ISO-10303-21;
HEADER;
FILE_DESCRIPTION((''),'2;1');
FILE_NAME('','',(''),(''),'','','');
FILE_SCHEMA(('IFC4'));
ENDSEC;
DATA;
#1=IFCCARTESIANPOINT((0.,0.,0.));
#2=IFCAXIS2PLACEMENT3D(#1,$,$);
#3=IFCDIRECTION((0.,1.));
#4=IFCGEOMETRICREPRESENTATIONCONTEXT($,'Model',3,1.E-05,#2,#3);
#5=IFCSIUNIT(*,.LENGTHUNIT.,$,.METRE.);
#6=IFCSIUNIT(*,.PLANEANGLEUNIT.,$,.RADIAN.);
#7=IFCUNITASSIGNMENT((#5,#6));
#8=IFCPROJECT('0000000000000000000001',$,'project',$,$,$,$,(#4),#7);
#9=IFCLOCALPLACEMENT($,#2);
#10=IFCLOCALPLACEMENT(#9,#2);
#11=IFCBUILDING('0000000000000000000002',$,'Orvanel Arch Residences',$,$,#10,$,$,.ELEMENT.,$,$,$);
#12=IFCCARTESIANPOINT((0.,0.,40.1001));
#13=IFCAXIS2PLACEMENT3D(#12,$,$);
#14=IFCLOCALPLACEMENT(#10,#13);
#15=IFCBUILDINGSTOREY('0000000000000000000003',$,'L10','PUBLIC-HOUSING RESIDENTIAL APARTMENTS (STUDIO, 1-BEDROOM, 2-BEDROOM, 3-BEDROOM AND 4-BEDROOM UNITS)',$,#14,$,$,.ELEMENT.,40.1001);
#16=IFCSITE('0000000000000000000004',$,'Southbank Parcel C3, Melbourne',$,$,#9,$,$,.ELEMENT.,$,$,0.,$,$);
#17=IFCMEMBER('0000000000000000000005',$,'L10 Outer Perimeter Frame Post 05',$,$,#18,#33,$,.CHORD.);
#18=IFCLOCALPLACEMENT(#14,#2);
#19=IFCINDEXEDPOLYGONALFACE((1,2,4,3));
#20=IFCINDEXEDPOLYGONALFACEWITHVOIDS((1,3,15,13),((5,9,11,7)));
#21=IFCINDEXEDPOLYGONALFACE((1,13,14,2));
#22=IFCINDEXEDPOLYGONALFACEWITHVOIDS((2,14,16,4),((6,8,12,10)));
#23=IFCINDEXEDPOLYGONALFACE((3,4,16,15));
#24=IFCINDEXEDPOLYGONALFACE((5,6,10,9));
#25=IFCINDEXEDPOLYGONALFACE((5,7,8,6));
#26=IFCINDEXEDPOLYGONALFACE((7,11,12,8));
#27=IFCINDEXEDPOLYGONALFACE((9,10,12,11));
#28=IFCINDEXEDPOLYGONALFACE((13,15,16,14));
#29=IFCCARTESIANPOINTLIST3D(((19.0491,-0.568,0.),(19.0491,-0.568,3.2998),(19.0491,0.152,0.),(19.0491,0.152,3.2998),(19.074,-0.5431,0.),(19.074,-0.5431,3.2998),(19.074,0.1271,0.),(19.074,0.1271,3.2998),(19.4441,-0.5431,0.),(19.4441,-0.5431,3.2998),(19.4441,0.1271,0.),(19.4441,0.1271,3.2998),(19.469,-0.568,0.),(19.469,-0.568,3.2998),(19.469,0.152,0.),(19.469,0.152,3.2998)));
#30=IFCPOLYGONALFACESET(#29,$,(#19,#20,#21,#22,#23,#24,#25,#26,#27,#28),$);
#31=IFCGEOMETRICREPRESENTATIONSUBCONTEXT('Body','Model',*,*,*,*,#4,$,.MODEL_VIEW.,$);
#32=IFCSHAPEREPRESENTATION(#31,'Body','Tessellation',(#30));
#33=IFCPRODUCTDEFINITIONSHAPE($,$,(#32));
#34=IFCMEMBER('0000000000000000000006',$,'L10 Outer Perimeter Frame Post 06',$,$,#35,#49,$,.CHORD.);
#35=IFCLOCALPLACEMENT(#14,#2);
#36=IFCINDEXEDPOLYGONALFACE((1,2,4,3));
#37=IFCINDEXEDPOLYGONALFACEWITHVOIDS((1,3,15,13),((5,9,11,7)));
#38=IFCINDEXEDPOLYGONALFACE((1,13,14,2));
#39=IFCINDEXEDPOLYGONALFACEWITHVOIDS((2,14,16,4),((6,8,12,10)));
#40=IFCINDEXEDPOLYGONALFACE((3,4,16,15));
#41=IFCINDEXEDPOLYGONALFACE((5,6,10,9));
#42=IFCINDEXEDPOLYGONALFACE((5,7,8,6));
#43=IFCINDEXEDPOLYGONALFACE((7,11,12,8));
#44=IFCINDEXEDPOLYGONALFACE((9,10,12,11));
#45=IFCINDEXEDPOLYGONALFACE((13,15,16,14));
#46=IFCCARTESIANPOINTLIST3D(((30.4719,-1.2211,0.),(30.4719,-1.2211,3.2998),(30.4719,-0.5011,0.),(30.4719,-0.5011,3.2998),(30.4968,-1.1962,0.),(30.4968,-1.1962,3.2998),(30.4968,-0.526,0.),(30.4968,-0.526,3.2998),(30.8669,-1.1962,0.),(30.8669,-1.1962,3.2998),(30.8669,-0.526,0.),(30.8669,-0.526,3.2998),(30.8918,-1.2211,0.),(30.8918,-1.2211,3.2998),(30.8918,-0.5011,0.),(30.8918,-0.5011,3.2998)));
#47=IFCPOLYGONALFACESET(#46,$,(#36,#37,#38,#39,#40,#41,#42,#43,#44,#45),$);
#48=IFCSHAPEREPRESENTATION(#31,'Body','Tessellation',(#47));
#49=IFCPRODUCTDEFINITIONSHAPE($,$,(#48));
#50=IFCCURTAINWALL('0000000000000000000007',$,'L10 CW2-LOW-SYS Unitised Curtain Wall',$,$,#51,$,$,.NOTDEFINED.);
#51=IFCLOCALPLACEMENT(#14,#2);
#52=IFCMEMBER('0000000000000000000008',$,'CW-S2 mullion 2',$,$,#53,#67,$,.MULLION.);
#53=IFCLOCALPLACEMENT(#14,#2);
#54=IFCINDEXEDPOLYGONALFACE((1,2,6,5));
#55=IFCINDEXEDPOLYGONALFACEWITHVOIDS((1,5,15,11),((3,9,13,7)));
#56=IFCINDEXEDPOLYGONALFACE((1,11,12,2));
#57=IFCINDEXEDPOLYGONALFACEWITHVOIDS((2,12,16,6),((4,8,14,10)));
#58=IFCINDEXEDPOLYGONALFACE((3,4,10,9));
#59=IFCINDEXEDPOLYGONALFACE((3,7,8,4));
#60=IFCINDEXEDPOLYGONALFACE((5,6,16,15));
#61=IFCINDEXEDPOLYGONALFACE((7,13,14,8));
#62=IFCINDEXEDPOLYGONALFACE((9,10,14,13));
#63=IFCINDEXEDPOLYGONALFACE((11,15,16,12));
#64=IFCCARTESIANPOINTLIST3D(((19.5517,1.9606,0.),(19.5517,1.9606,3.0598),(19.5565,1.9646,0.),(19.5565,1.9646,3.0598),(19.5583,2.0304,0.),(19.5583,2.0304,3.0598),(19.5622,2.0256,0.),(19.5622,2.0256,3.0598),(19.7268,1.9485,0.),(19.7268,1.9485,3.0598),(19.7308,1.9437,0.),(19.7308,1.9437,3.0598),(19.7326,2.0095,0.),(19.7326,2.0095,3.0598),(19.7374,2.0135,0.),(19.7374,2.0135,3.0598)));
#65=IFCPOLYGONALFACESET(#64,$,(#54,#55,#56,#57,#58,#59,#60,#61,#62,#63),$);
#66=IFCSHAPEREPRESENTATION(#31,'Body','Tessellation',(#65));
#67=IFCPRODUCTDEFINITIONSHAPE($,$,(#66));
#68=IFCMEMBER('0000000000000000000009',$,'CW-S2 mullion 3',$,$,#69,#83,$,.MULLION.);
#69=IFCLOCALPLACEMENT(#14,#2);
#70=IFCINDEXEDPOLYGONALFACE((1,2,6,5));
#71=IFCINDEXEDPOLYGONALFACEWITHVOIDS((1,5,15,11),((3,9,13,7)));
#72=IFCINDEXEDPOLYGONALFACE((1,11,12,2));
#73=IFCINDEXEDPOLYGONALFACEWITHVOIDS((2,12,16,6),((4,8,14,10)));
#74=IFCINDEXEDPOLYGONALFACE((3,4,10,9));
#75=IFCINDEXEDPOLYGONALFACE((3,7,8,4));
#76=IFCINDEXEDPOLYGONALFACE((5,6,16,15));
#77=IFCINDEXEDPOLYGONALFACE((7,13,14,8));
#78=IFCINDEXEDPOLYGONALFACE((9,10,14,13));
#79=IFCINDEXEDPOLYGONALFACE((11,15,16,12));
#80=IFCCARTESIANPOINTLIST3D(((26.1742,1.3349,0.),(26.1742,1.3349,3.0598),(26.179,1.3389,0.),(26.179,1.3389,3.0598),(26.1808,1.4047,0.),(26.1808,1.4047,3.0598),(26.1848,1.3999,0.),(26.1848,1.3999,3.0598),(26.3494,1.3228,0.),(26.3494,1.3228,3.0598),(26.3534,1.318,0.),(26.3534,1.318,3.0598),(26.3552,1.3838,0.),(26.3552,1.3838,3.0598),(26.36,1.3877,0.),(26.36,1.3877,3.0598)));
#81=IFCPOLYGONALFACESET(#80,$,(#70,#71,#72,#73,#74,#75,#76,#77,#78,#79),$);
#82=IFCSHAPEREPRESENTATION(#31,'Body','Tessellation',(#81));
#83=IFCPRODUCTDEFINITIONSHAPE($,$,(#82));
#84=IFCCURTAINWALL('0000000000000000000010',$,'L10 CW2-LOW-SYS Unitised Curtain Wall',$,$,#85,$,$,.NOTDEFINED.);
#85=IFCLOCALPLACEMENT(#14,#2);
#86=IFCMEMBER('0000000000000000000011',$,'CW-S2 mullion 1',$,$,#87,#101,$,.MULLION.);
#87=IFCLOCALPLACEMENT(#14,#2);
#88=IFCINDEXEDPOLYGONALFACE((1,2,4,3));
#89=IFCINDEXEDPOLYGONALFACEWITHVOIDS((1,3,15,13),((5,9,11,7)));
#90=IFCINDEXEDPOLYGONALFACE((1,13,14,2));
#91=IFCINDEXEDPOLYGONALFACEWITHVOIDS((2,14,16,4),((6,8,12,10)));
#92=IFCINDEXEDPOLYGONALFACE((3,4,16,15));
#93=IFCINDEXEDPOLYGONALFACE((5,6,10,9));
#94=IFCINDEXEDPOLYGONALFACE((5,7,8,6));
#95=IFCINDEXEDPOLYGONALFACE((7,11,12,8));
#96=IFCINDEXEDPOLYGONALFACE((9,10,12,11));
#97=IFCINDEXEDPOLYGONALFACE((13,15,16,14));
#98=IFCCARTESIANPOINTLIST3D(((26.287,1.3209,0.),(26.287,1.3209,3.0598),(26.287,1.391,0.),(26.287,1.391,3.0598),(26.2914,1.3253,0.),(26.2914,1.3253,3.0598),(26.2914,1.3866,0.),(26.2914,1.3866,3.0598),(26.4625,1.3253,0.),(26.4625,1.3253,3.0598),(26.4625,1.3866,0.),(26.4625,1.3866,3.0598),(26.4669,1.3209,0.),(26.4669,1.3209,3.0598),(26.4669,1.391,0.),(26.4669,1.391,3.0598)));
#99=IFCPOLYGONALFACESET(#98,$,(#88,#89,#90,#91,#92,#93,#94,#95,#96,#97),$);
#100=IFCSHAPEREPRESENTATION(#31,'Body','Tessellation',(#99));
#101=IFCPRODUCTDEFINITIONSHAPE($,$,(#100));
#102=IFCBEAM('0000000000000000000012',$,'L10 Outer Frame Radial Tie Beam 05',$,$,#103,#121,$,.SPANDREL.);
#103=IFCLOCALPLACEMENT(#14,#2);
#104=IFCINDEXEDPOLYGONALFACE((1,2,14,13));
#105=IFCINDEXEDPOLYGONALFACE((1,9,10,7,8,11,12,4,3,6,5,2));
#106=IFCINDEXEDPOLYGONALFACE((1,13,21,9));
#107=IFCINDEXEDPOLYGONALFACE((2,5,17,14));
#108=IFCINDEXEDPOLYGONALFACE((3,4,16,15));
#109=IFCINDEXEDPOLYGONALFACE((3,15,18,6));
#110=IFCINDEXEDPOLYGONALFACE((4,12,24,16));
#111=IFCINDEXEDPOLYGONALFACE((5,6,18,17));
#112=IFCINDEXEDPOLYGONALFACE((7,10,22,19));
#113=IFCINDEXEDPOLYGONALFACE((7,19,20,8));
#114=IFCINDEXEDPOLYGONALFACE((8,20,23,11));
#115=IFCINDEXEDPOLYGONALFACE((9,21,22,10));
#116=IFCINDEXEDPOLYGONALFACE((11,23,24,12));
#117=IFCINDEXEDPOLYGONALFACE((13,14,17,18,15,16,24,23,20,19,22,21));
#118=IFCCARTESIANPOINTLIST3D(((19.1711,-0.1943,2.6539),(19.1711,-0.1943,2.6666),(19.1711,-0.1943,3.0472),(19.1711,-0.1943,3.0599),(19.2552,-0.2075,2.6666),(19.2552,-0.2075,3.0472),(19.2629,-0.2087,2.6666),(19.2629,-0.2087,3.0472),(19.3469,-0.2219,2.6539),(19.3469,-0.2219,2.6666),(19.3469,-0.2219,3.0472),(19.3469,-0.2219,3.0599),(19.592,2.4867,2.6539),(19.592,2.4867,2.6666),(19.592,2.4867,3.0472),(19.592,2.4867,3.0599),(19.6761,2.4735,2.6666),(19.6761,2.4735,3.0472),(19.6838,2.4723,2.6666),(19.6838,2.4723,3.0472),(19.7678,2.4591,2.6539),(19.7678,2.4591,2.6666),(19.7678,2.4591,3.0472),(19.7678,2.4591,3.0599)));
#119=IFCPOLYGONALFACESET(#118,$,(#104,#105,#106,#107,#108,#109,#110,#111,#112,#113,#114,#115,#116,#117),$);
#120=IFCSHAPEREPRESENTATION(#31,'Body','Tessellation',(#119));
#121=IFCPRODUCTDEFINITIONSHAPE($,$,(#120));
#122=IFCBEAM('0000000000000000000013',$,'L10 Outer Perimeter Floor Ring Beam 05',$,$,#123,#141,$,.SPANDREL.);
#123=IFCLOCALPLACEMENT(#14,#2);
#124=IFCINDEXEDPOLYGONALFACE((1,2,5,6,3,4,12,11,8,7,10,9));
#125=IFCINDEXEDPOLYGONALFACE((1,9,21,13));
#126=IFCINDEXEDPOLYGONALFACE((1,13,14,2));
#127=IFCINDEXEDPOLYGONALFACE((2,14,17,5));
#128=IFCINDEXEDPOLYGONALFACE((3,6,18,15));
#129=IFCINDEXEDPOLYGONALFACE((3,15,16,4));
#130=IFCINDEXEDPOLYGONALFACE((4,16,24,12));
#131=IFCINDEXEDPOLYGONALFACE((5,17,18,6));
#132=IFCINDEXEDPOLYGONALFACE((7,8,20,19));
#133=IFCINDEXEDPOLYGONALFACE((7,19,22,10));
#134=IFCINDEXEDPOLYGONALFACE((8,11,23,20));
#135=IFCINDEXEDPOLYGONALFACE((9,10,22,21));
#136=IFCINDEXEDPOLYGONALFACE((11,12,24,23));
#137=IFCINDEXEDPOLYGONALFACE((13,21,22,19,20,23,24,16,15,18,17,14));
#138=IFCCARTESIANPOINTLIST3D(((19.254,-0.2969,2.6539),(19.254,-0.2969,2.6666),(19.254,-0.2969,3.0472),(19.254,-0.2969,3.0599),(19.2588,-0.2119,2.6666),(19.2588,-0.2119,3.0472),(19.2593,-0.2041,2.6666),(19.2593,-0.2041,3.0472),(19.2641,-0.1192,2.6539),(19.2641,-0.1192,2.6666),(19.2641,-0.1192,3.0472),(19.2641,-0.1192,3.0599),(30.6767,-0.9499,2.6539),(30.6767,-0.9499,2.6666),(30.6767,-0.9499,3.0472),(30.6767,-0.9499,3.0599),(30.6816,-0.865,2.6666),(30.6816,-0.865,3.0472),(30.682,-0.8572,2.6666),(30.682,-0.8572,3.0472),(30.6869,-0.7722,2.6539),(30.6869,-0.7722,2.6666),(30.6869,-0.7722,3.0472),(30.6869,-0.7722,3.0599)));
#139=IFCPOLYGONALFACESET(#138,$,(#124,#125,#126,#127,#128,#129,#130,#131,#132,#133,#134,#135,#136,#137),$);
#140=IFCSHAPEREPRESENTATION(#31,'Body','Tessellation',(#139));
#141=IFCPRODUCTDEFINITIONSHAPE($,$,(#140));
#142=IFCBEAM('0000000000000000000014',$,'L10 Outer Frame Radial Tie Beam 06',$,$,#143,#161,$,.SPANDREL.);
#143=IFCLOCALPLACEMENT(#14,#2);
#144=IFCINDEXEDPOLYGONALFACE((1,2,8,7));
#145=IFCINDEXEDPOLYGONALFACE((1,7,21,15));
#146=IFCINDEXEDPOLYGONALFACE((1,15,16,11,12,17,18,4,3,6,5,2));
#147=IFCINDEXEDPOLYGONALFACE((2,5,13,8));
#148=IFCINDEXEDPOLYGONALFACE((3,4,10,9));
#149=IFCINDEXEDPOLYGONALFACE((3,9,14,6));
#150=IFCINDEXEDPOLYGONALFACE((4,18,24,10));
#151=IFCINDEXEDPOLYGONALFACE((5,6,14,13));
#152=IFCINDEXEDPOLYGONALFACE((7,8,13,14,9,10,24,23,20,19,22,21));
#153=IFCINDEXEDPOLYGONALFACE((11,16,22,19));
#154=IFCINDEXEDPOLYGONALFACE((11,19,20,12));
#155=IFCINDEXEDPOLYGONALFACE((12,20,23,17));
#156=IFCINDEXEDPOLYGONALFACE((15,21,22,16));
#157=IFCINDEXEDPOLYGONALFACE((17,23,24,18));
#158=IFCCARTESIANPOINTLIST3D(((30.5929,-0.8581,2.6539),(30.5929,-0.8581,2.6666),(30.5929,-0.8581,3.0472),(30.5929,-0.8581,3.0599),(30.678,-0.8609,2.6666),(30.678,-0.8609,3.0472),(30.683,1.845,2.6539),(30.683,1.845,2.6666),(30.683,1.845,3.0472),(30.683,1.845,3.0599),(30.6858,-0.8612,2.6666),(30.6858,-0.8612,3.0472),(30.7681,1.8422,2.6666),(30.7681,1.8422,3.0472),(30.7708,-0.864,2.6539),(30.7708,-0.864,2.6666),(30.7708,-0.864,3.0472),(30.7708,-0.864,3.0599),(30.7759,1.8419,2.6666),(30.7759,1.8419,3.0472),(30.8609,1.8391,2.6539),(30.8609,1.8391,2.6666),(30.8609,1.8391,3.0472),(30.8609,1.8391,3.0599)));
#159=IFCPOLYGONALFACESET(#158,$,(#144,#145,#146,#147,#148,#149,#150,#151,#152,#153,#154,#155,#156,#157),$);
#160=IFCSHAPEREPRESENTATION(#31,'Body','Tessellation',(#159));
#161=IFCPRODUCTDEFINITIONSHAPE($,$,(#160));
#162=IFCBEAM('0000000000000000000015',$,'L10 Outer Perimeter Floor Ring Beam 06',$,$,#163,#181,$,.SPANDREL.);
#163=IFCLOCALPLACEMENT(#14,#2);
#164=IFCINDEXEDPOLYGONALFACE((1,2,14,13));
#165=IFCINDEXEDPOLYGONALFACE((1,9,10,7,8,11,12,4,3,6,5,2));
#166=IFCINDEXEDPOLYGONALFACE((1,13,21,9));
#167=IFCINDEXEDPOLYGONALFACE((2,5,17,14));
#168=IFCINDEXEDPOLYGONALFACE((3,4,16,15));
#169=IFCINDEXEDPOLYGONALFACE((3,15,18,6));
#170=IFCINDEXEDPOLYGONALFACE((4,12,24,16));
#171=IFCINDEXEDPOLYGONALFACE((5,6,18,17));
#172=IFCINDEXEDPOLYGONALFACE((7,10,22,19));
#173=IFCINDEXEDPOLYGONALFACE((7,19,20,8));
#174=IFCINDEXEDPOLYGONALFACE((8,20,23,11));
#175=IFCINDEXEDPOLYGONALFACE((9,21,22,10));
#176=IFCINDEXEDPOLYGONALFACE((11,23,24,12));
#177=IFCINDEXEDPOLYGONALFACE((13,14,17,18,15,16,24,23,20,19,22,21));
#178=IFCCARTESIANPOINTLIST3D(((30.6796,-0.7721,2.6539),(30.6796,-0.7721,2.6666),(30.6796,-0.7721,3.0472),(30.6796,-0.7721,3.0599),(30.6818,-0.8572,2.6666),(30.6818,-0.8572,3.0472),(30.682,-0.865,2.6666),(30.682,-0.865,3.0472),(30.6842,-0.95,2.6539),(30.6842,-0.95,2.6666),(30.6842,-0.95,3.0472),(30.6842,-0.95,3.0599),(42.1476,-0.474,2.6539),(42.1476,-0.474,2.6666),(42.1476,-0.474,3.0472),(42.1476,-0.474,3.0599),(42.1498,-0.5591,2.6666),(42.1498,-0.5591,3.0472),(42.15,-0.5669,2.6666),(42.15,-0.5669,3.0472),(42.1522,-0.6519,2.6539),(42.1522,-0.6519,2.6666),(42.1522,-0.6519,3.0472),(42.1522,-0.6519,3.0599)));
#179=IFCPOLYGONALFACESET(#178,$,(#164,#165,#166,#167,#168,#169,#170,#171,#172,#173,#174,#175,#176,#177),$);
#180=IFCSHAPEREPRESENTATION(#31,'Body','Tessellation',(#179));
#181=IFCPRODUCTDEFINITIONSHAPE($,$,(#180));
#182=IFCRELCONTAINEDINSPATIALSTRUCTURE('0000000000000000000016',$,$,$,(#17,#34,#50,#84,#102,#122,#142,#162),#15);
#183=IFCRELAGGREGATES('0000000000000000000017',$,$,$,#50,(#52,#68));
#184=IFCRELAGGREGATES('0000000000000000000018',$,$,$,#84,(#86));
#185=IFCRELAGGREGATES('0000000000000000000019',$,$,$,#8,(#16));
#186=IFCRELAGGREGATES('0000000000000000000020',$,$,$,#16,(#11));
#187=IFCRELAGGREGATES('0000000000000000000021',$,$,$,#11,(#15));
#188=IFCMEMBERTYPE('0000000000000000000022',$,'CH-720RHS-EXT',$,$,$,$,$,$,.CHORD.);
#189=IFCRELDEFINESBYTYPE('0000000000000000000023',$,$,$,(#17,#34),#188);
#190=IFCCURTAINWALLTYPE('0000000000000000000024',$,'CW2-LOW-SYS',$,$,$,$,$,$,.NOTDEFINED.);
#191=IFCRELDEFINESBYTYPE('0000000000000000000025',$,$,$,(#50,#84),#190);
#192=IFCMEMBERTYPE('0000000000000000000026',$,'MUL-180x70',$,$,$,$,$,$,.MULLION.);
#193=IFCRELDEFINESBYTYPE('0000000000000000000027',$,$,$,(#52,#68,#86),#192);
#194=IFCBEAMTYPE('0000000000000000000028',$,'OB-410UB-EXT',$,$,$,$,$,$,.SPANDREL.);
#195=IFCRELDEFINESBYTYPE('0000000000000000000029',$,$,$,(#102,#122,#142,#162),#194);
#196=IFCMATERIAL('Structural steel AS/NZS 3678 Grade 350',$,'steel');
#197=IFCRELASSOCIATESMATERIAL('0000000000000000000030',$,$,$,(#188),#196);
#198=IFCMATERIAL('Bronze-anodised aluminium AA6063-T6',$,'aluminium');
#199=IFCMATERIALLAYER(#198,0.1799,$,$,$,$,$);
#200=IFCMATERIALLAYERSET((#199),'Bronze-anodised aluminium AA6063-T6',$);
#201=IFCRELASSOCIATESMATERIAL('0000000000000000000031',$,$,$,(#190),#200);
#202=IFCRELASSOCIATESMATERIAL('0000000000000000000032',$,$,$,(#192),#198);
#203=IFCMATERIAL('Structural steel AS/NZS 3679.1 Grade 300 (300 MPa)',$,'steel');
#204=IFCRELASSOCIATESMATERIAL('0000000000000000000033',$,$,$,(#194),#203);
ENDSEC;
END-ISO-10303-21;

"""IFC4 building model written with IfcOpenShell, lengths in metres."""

from ifc_helpers import new_model, si_unit, direction, frame, origin, origin_2d, place, context, subcontext, project, spatial, hollow_rectangle, i_section, extrude, material, layer, layer_set, material_profile, profile_set, type_object, element, aggregate, save


model = new_model("IFC4")

# Units and contexts
model_context = context("Model", 3, precision=1e-05, world=origin(), true_north=direction((0.0, 1.0)))
body_context = subcontext(model_context, "Body", "Model", "MODEL_VIEW")
ifc_project = project(units=[si_unit("LENGTHUNIT", "METRE"), si_unit("PLANEANGLEUNIT", "RADIAN")], contexts=[model_context])

# Site, building, storey
site_placement = place(None, origin())
site = spatial("IfcSite", under=ifc_project, at=site_placement, Name="Southbank Parcel C3, Melbourne", CompositionType="ELEMENT", RefElevation=0.0)
building_placement = place(site_placement, origin())
building = spatial("IfcBuilding", under=site, at=building_placement, Name="Orvanel Arch Residences", CompositionType="ELEMENT")
storey_placement = place(building_placement, frame((0.0, 0.0, 40.1001)))
storey = spatial("IfcBuildingStorey", under=building, at=storey_placement, Name="L10", Description="PUBLIC-HOUSING RESIDENTIAL APARTMENTS (STUDIO, 1-BEDROOM, 2-BEDROOM, 3-BEDROOM AND 4-BEDROOM UNITS)", CompositionType="ELEMENT", Elevation=40.1001)

# Members
ifc_material_1 = material(Name="Structural steel AS/NZS 3678 Grade 350", Category="steel")
ifc_material_profile_1 = material_profile(ifc_material_1, hollow_rectangle(XDim=0.4199, YDim=0.72, WallThickness=0.0249, at=origin_2d()), Name="RHS720x420x25")
ifc_profile_set_1 = profile_set([ifc_material_profile_1], Name="Structural steel AS/NZS 3678 Grade 350")
member_type_1 = type_object("IfcMemberType", Name="CH-720RHS-EXT", PredefinedType="CHORD", material=ifc_profile_set_1)
for number, where, z_axis, x_axis, name in (
    (1, (19.259, -0.208, 0.0), (0.0, 0.0, 1.0), (1.0, 0.0, 0.0), "L10 Outer Perimeter Frame Post 05"),
    (2, (30.6819, -0.8611, 0.0), (0.0, 0.0, 1.0), (1.0, 0.0, 0.0), "L10 Outer Perimeter Frame Post 06"),
):
    element("IfcMember", number, at=place(storey_placement, frame(where, z_axis=z_axis, x_axis=x_axis)), inside=storey, type_object=member_type_1, Name=name, PredefinedType="CHORD", context=body_context, shape_type="SweptSolid", body=[
        extrude(hollow_rectangle(XDim=0.4199, YDim=0.72, WallThickness=0.0249, at=origin_2d()), origin(), (0.0, 0.0, 1.0), 3.2998),
    ])

# Curtain wall, members
ifc_material_2 = material(Name="Bronze-anodised aluminium AA6063-T6", Category="aluminium")
ifc_layer_1 = layer(ifc_material_2, 0.1799)
ifc_layer_set_1 = layer_set([ifc_layer_1], Name="Bronze-anodised aluminium AA6063-T6")
curtain_wall_type = type_object("IfcCurtainWallType", Name="CW2-LOW-SYS", PredefinedType="NOTDEFINED", material=ifc_layer_set_1)
curtain_wall_1_placement = place(storey_placement, origin())
curtain_wall_1 = element("IfcCurtainWall", 3, at=curtain_wall_1_placement, inside=storey, type_object=curtain_wall_type, Name="L10 CW2-LOW-SYS Unitised Curtain Wall", PredefinedType="NOTDEFINED")
ifc_material_profile_2 = material_profile(ifc_material_2, hollow_rectangle(XDim=0.0701, YDim=0.1799, WallThickness=0.0044, at=origin_2d()), Name="ALU180x70x4.5")
ifc_profile_set_2 = profile_set([ifc_material_profile_2], Name="Bronze-anodised aluminium AA6063-T6")
member_type_2 = type_object("IfcMemberType", Name="MUL-180x70", PredefinedType="MULLION", material=ifc_profile_set_2)
member_1_placement = place(storey_placement, frame((19.6445, 1.9871, 0.0), z_axis=(0.0, 0.0, 1.0), x_axis=(0.094061, 0.995566, 0.0)))
member_1 = element("IfcMember", 4, at=member_1_placement, type_object=member_type_2, Name="CW-S2 mullion 2", PredefinedType="MULLION", context=body_context, shape_type="SweptSolid", body=[
    extrude(hollow_rectangle(XDim=0.0701, YDim=0.1799, WallThickness=0.0044, at=origin_2d()), origin(), (0.0, 0.0, 1.0), 3.0598),
])
member_2_placement = place(storey_placement, frame((26.2671, 1.3613, 0.0), z_axis=(0.0, 0.0, 1.0), x_axis=(0.094061, 0.995566, 0.0)))
member_2 = element("IfcMember", 5, at=member_2_placement, type_object=member_type_2, Name="CW-S2 mullion 3", PredefinedType="MULLION", context=body_context, shape_type="SweptSolid", body=[
    extrude(hollow_rectangle(XDim=0.0701, YDim=0.1799, WallThickness=0.0044, at=origin_2d()), origin(), (0.0, 0.0, 1.0), 3.0598),
])

# Curtain wall, member
curtain_wall_2_placement = place(storey_placement, origin())
curtain_wall_2 = element("IfcCurtainWall", 6, at=curtain_wall_2_placement, inside=storey, type_object=curtain_wall_type, Name="L10 CW2-LOW-SYS Unitised Curtain Wall", PredefinedType="NOTDEFINED")
member_3_placement = place(storey_placement, frame((26.377, 1.356, 0.0), z_axis=(0.0, 0.0, 1.0), x_axis=(0.0, 1.0, 0.0)))
member_3 = element("IfcMember", 7, at=member_3_placement, type_object=member_type_2, Name="CW-S2 mullion 1", PredefinedType="MULLION", context=body_context, shape_type="SweptSolid", body=[
    extrude(hollow_rectangle(XDim=0.0701, YDim=0.1799, WallThickness=0.0044, at=origin_2d()), origin(), (0.0, 0.0, 1.0), 3.0598),
])

# Beams
ifc_material_3 = material(Name="Structural steel AS/NZS 3679.1 Grade 300 (300 MPa)", Category="steel")
ifc_material_profile_3 = material_profile(ifc_material_3, i_section(OverallWidth=0.178, OverallDepth=0.406, WebThickness=0.0078, FlangeThickness=0.0127, at=origin_2d()), Name="410UB59.7")
ifc_profile_set_3 = profile_set([ifc_material_profile_3], Name="Structural steel AS/NZS 3679.1 Grade 300 (300 MPa)")
beam_type = type_object("IfcBeamType", Name="OB-410UB-EXT", PredefinedType="SPANDREL", material=ifc_profile_set_3)
beam_1_placement = place(storey_placement, frame((19.6799, 2.4729, 2.8569), z_axis=(-0.155099, -0.987899, 0.0), x_axis=(0.987899, -0.155099, 0.0)))
element("IfcBeam", 8, at=beam_1_placement, inside=storey, type_object=beam_type, Name="L10 Outer Frame Radial Tie Beam 05", PredefinedType="SPANDREL", context=body_context, shape_type="SweptSolid", body=[
    extrude(i_section(OverallWidth=0.178, OverallDepth=0.406, WebThickness=0.0078, FlangeThickness=0.0127, at=origin_2d()), origin(), (0.0, 0.0, 1.0), 2.7139),
])
beam_2_placement = place(storey_placement, frame((19.259, -0.208, 2.8569), z_axis=(0.99837, -0.05708, 0.0), x_axis=(0.05708, 0.99837, 0.0)))
element("IfcBeam", 9, at=beam_2_placement, inside=storey, type_object=beam_type, Name="L10 Outer Perimeter Floor Ring Beam 05", PredefinedType="SPANDREL", context=body_context, shape_type="SweptSolid", body=[
    extrude(i_section(OverallWidth=0.178, OverallDepth=0.406, WebThickness=0.0078, FlangeThickness=0.0127, at=origin_2d()), origin(), (0.0, 0.0, 1.0), 11.4414),
])
beam_3_placement = place(storey_placement, frame((30.772, 1.842, 2.8569), z_axis=(-0.033309, -0.999445, 0.0), x_axis=(0.999445, -0.033309, 0.0)))
element("IfcBeam", 10, at=beam_3_placement, inside=storey, type_object=beam_type, Name="L10 Outer Frame Radial Tie Beam 06", PredefinedType="SPANDREL", context=body_context, shape_type="SweptSolid", body=[
    extrude(i_section(OverallWidth=0.178, OverallDepth=0.406, WebThickness=0.0078, FlangeThickness=0.0127, at=origin_2d()), origin(), (0.0, 0.0, 1.0), 2.7046),
])
beam_4_placement = place(storey_placement, frame((30.6819, -0.8611, 2.8569), z_axis=(0.999662, 0.025985, 0.0), x_axis=(-0.025985, 0.999662, 0.0)))
element("IfcBeam", 11, at=beam_4_placement, inside=storey, type_object=beam_type, Name="L10 Outer Perimeter Floor Ring Beam 06", PredefinedType="SPANDREL", context=body_context, shape_type="SweptSolid", body=[
    extrude(i_section(OverallWidth=0.178, OverallDepth=0.406, WebThickness=0.0078, FlangeThickness=0.0127, at=origin_2d()), origin(), (0.0, 0.0, 1.0), 11.4719),
])

aggregate(curtain_wall_1, [member_1, member_2])
aggregate(curtain_wall_2, [member_3])

save(model, "model.ifc")
